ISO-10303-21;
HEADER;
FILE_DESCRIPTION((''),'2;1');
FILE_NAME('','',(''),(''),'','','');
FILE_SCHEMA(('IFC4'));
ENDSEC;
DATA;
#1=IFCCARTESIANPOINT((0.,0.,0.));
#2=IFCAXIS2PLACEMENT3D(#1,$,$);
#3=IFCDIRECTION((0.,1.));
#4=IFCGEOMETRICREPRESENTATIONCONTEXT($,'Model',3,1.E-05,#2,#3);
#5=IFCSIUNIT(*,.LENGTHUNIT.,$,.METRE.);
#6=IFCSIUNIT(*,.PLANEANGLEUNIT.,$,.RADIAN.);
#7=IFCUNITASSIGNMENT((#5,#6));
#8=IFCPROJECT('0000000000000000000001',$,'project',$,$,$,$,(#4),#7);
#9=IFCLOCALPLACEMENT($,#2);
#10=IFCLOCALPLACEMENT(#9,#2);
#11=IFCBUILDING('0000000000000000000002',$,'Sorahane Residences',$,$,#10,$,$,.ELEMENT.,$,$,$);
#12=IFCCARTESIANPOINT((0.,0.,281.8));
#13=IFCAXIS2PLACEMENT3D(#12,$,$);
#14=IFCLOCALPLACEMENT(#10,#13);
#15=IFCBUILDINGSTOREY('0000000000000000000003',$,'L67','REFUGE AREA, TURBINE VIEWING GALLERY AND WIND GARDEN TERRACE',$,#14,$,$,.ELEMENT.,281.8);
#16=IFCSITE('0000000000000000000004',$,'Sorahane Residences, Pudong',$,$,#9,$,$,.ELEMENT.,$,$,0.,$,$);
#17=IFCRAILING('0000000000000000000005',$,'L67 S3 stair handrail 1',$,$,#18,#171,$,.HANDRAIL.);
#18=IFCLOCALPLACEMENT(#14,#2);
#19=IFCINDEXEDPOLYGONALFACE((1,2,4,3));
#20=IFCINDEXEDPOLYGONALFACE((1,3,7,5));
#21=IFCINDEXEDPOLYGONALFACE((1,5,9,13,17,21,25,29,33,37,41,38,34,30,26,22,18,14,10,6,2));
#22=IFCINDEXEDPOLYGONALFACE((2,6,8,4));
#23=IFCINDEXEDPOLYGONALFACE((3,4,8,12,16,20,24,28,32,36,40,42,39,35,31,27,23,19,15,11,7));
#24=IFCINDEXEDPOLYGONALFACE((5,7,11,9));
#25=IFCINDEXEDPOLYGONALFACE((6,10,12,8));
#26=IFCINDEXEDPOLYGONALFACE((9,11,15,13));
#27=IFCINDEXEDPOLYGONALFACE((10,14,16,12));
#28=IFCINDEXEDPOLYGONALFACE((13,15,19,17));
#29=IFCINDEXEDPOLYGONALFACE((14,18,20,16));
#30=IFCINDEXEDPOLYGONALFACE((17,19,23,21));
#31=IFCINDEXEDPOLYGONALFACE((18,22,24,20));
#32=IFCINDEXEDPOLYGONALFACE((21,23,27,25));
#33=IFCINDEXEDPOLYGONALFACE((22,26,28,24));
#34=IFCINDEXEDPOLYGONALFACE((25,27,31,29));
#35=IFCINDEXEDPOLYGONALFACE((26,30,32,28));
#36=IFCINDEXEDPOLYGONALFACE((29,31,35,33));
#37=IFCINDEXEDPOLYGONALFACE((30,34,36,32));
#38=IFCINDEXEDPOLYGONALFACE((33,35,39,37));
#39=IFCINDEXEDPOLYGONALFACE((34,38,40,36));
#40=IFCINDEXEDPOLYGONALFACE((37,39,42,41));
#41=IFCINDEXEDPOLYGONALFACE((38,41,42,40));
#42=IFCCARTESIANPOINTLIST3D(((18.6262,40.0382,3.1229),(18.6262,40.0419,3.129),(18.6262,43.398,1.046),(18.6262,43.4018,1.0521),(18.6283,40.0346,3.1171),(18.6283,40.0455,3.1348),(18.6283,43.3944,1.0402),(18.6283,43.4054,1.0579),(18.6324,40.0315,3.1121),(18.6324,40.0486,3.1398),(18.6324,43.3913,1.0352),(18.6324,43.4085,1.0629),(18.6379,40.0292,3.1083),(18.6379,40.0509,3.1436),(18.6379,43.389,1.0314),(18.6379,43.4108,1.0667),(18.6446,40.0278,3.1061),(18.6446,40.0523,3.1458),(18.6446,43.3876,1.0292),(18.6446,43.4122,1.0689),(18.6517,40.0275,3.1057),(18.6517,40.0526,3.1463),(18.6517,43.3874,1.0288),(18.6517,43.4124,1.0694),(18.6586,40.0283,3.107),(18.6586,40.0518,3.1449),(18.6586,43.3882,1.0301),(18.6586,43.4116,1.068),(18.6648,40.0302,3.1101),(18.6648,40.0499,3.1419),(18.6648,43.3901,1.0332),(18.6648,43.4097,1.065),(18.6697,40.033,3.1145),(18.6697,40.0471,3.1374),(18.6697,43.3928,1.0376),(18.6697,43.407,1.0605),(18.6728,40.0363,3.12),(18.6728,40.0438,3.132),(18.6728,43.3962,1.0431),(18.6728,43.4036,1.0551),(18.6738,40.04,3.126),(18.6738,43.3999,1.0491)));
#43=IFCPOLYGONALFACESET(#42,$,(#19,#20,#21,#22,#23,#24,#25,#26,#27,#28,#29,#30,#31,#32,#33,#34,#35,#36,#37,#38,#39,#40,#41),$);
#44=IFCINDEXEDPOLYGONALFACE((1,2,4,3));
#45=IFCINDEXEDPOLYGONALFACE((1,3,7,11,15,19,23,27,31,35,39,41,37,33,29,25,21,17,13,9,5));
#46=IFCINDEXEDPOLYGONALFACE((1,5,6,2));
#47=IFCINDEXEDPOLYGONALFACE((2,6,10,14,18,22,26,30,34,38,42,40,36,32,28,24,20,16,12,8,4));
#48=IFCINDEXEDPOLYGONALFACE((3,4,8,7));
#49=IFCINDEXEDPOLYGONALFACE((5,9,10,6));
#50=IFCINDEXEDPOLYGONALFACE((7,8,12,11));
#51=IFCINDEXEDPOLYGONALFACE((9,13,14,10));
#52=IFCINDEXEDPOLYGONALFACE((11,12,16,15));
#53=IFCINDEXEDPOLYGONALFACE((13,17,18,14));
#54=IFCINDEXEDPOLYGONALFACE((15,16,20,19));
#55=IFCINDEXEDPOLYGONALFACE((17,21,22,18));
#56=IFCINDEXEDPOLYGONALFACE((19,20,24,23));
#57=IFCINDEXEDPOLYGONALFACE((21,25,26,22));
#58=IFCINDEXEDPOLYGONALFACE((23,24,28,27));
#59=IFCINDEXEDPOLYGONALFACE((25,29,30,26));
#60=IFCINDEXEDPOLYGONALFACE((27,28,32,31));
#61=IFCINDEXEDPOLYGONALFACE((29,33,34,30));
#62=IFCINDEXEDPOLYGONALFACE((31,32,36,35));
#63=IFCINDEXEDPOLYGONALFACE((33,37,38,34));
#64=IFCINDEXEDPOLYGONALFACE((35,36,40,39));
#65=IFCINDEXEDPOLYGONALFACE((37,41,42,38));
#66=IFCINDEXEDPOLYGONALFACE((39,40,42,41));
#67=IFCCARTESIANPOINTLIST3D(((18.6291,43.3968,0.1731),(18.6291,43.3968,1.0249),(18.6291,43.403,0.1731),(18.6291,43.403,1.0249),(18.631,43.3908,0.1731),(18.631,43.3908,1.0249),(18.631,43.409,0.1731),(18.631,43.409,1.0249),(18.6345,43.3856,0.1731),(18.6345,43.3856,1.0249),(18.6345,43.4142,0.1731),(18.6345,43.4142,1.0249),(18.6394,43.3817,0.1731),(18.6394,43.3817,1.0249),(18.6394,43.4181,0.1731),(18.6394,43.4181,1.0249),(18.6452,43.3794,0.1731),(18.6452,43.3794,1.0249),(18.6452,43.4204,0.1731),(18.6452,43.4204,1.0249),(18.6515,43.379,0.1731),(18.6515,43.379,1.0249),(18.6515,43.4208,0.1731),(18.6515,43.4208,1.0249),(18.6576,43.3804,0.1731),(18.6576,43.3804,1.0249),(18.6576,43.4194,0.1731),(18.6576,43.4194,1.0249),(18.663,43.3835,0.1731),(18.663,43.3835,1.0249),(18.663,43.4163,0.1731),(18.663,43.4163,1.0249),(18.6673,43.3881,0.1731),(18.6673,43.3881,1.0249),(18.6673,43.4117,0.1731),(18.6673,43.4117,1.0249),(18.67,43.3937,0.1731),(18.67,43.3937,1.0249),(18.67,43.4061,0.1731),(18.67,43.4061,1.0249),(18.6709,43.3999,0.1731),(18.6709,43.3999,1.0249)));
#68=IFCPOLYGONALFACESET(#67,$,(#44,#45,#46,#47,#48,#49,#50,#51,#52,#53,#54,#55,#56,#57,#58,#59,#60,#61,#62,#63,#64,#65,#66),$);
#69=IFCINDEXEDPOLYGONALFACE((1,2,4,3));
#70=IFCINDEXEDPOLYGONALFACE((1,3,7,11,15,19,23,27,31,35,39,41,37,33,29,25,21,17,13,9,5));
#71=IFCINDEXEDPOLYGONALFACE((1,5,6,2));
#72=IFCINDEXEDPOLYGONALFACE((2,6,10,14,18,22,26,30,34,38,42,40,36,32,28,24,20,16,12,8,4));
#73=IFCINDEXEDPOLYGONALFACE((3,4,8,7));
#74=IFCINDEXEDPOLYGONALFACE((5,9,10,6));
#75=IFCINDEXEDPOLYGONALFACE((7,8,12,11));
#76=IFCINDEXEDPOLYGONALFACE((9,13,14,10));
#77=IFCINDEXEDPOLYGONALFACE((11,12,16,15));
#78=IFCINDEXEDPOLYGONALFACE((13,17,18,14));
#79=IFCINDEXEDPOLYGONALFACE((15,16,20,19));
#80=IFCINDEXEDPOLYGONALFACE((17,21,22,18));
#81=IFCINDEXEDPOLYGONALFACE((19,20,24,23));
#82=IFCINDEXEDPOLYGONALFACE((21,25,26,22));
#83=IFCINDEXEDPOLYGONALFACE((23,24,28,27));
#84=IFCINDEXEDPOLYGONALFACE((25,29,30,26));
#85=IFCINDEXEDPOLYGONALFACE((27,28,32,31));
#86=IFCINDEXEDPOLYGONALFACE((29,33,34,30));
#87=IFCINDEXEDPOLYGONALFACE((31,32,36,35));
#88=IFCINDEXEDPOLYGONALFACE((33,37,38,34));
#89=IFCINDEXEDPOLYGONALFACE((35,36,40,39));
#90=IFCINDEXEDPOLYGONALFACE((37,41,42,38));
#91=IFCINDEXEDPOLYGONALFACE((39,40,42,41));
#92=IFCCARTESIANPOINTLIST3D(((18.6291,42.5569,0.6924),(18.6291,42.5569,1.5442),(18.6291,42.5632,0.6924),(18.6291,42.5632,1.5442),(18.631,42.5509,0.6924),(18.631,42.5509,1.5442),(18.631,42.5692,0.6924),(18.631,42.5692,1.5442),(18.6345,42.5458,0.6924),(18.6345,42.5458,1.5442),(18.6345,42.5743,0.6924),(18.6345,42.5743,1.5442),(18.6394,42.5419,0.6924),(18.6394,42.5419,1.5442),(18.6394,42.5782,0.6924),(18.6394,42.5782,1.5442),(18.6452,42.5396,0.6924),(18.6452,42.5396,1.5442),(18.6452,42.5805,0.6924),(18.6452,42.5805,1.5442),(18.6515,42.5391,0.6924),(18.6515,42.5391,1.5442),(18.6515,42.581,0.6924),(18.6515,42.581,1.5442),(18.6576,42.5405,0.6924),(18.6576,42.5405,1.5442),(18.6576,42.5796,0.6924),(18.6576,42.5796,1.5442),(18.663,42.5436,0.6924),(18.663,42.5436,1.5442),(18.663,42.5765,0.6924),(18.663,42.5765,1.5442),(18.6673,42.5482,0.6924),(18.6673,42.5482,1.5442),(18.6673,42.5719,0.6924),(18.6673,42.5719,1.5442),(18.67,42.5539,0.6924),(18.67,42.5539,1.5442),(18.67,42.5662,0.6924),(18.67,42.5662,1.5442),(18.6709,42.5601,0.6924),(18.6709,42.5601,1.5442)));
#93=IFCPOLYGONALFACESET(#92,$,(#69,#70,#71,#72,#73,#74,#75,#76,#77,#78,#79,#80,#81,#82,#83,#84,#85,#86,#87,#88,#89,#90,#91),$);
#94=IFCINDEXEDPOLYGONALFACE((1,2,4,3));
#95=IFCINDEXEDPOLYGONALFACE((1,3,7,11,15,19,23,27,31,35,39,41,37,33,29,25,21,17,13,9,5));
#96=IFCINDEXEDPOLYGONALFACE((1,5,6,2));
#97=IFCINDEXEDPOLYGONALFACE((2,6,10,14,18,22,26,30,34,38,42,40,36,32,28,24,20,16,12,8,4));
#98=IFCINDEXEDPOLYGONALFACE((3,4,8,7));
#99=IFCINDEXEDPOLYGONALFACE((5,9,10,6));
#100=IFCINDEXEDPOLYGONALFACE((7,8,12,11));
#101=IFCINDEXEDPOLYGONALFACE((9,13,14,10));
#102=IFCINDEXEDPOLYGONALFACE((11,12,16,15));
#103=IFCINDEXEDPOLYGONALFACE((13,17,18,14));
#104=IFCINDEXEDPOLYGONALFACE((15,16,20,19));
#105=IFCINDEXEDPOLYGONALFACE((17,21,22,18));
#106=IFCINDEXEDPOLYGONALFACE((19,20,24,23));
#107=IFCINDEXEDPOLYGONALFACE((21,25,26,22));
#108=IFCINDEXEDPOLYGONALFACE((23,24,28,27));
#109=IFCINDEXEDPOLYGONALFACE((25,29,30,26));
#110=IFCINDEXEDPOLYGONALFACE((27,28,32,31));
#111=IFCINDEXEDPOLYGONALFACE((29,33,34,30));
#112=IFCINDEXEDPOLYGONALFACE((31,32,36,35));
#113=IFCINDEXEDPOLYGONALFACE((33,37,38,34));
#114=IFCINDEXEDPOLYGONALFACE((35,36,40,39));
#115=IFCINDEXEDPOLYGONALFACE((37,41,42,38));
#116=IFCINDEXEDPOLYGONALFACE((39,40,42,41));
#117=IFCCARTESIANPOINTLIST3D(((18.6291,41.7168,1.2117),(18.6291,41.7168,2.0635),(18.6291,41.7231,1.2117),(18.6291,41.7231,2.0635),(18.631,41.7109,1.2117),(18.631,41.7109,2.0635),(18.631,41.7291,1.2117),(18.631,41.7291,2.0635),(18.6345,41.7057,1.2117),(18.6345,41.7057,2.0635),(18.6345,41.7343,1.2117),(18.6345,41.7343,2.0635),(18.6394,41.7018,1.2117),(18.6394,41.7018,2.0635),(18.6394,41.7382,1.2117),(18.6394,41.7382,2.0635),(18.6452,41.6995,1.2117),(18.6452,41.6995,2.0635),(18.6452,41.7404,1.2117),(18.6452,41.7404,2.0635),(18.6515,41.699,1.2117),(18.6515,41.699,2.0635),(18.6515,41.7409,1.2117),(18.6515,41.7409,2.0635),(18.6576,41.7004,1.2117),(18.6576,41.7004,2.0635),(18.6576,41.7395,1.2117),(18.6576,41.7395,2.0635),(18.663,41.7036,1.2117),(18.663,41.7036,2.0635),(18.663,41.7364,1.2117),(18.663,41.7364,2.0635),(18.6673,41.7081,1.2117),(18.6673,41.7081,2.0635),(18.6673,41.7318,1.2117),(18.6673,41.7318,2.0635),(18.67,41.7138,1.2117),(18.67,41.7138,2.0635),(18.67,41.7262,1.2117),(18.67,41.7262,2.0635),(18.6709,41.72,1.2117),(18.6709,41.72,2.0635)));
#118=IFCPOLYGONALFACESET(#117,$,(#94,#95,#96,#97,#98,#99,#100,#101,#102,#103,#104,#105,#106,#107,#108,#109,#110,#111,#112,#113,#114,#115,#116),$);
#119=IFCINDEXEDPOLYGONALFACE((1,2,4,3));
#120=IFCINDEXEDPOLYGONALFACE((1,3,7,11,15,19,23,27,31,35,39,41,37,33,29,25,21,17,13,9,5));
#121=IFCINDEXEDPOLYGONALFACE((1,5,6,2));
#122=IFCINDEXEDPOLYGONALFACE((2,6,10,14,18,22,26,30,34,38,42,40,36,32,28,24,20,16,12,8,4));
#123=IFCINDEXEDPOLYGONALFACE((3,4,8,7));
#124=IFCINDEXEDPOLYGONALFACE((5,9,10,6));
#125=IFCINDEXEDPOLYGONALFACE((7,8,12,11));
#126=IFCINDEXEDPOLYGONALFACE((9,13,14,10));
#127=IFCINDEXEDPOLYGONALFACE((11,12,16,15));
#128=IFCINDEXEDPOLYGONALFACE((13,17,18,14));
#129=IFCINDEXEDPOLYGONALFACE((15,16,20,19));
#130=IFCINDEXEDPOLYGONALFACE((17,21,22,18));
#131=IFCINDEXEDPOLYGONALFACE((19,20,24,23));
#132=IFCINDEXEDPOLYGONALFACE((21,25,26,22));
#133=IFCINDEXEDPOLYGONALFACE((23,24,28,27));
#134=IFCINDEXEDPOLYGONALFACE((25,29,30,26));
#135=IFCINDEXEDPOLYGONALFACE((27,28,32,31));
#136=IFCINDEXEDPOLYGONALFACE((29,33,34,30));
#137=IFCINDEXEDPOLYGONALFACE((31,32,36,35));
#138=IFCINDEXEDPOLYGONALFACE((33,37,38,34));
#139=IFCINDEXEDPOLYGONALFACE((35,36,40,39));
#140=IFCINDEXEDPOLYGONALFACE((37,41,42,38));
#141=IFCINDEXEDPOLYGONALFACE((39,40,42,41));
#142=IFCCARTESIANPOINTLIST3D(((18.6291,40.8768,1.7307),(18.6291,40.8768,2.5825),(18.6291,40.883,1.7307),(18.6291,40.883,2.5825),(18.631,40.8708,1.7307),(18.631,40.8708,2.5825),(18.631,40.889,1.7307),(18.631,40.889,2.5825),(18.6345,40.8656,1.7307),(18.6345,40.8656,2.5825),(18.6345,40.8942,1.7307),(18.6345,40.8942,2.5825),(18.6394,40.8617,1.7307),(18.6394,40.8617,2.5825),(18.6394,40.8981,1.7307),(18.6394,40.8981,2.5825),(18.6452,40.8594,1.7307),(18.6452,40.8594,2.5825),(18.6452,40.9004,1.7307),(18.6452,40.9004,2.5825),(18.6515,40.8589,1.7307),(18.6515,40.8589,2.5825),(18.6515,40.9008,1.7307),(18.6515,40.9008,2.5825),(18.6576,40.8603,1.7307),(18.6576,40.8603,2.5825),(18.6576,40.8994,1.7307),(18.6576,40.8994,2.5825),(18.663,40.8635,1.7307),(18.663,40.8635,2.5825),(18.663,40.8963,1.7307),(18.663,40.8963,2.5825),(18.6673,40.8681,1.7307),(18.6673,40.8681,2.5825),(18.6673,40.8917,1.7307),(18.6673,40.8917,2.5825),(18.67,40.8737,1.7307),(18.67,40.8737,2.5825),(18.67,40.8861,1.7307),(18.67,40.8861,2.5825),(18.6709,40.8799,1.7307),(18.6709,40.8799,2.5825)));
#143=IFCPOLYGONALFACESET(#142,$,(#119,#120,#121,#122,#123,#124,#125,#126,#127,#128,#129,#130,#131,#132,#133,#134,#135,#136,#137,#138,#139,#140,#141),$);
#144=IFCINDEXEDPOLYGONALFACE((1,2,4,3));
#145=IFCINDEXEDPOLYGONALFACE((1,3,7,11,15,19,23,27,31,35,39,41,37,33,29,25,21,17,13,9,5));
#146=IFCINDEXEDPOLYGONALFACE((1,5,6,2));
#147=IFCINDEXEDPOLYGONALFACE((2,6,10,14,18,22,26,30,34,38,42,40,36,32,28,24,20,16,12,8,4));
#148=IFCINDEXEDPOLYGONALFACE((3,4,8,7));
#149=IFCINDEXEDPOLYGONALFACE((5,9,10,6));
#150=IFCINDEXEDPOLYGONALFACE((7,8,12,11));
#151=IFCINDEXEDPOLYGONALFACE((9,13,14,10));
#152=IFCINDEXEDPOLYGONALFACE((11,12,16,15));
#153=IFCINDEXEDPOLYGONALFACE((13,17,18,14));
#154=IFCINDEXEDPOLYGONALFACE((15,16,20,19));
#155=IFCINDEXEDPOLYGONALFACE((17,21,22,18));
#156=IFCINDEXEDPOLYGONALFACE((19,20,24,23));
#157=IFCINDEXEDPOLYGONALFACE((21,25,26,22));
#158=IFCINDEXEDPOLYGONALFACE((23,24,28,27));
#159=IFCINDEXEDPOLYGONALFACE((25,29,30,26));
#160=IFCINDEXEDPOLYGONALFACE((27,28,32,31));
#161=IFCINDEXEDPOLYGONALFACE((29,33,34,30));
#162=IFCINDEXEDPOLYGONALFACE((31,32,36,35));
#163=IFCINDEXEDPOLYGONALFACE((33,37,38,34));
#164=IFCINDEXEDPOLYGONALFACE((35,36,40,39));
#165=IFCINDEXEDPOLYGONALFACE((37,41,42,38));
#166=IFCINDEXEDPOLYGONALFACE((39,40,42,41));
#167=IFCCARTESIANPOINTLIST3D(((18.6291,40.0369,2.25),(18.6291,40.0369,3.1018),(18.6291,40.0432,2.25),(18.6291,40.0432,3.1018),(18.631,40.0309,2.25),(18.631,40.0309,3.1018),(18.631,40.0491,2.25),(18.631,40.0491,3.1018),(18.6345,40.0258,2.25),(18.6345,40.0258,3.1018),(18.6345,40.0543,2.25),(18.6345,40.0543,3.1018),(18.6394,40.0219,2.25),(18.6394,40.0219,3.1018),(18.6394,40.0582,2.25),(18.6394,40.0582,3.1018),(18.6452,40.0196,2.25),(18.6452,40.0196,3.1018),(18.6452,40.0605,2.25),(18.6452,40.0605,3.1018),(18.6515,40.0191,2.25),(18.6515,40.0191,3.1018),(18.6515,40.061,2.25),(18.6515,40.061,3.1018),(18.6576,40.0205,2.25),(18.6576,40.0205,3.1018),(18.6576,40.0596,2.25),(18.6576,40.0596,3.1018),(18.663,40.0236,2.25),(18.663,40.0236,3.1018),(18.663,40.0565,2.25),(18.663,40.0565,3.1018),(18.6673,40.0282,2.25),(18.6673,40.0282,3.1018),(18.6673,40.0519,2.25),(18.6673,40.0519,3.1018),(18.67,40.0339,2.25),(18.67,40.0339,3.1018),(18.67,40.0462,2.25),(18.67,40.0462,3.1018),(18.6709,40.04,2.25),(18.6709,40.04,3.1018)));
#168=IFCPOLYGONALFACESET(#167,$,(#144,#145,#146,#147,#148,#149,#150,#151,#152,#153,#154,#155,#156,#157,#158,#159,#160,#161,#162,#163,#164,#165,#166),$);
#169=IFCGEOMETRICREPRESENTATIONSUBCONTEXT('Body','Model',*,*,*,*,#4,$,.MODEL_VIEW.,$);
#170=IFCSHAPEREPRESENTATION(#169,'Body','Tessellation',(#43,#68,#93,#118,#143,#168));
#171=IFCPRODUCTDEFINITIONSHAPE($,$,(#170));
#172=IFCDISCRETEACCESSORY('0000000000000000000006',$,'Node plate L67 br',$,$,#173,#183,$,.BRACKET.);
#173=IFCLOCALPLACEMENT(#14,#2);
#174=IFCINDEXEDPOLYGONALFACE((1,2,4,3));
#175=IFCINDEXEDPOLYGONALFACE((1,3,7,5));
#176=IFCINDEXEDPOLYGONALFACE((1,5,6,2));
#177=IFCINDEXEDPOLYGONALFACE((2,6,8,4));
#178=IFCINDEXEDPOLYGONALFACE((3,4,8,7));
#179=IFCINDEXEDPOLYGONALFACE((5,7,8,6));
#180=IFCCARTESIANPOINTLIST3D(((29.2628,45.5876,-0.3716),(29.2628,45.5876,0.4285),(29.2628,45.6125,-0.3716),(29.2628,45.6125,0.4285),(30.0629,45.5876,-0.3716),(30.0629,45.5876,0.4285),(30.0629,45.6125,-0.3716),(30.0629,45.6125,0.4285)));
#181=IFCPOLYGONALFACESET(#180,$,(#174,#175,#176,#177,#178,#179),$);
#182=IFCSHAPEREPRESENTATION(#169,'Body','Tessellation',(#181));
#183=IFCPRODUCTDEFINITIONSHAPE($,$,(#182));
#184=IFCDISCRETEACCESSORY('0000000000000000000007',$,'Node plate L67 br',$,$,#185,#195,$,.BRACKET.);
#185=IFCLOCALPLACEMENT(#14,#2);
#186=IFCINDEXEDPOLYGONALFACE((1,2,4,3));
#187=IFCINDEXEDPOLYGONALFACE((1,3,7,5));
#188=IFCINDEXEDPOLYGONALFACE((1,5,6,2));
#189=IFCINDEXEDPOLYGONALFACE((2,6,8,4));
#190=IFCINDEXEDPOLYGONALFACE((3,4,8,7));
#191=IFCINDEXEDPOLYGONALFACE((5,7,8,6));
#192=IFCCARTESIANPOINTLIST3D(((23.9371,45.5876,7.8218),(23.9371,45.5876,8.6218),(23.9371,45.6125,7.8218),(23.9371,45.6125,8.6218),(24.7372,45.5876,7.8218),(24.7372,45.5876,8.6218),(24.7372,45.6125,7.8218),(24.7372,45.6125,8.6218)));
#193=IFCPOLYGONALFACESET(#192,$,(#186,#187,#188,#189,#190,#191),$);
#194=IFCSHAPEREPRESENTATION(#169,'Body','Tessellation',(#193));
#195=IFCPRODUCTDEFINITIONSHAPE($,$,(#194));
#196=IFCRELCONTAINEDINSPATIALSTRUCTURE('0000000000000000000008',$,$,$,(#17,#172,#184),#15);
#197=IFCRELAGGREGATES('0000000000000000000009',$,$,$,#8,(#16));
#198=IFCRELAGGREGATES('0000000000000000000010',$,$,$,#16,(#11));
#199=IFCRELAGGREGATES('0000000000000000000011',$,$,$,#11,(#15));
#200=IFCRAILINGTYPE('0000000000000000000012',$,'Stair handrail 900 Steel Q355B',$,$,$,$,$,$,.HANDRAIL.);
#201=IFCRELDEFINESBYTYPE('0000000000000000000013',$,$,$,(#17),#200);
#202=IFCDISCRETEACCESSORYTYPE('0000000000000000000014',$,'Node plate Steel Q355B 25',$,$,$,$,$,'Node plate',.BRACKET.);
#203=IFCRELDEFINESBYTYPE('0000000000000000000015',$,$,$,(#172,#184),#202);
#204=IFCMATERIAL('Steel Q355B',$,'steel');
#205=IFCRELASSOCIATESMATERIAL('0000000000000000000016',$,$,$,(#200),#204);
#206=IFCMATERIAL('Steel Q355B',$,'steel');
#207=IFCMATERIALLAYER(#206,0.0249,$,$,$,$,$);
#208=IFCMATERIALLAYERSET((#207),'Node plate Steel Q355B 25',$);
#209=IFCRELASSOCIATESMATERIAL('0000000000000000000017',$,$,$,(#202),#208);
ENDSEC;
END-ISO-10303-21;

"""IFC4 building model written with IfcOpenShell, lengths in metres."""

from ifc_helpers import new_model, si_unit, direction, frame, origin, origin_2d, place, context, subcontext, project, spatial, rectangle, circle, extrude, material, layer, layer_set, type_object, element, save


model = new_model("IFC4")

# Units and contexts
model_context = context("Model", 3, precision=1e-05, world=origin(), true_north=direction((0.0, 1.0)))
body_context = subcontext(model_context, "Body", "Model", "MODEL_VIEW")
ifc_project = project(units=[si_unit("LENGTHUNIT", "METRE"), si_unit("PLANEANGLEUNIT", "RADIAN")], contexts=[model_context])

# Site, building, storey
site_placement = place(None, origin())
site = spatial("IfcSite", under=ifc_project, at=site_placement, Name="Sorahane Residences, Pudong", CompositionType="ELEMENT", RefElevation=0.0)
building_placement = place(site_placement, origin())
building = spatial("IfcBuilding", under=site, at=building_placement, Name="Sorahane Residences", CompositionType="ELEMENT")
storey_placement = place(building_placement, frame((0.0, 0.0, 281.8)))
storey = spatial("IfcBuildingStorey", under=building, at=storey_placement, Name="L67", Description="REFUGE AREA, TURBINE VIEWING GALLERY AND WIND GARDEN TERRACE", CompositionType="ELEMENT", Elevation=281.8)

# Railing
ifc_material_1 = material(Name="Steel Q355B", Category="steel")
railing_type_1 = type_object("IfcRailingType", Name="Stair handrail 900 Steel Q355B", PredefinedType="HANDRAIL", material=ifc_material_1)
railing_1_placement = place(storey_placement, frame((18.6499, 43.3999, 0.1731)))
element("IfcRailing", 1, at=railing_1_placement, inside=storey, type_object=railing_type_1, Name="L67 S3 stair handrail 1", PredefinedType="HANDRAIL", context=body_context, shape_type="SweptSolid", body=[
    extrude(circle(Radius=0.0239, at=origin_2d()), frame((0.0, 0.0, 0.876), z_axis=(0.0, -0.850606, 0.525803), x_axis=(1.0, 0.0, 0.0)), (0.0, 0.0, 1.0), 3.95),
    extrude(circle(Radius=0.021, at=origin_2d()), origin(), (0.0, 0.0, 1.0), 0.8518),
    extrude(circle(Radius=0.021, at=origin_2d()), frame((0.0, -0.8398, 0.5193)), (0.0, 0.0, 1.0), 0.8518),
    extrude(circle(Radius=0.021, at=origin_2d()), frame((0.0, -1.6799, 1.0386)), (0.0, 0.0, 1.0), 0.8518),
    extrude(circle(Radius=0.021, at=origin_2d()), frame((0.0, -2.52, 1.5576)), (0.0, 0.0, 1.0), 0.8518),
    extrude(circle(Radius=0.021, at=origin_2d()), frame((0.0, -3.3599, 2.0769)), (0.0, 0.0, 1.0), 0.8518),
])

# Discrete accessories
ifc_material_2 = material(Name="Steel Q355B", Category="steel")
ifc_layer_1 = layer(ifc_material_2, 0.0249)
ifc_layer_set_1 = layer_set([ifc_layer_1], Name="Node plate Steel Q355B 25")
discrete_accessory_type = type_object("IfcDiscreteAccessoryType", Name="Node plate Steel Q355B 25", ElementType="Node plate", PredefinedType="BRACKET", material=ifc_layer_set_1)
for number, where, z_axis, x_axis, name in (
    (2, (29.6628, 45.6001, -0.3716), (0.0, 0.0, 1.0), (1.0, 0.0, 0.0), "Node plate L67 br"),
    (3, (24.3372, 45.6001, 7.8218), (0.0, 0.0, 1.0), (1.0, 0.0, 0.0), "Node plate L67 br"),
):
    element("IfcDiscreteAccessory", number, at=place(storey_placement, frame(where, z_axis=z_axis, x_axis=x_axis)), inside=storey, type_object=discrete_accessory_type, Name=name, PredefinedType="BRACKET", context=body_context, shape_type="SweptSolid", body=[
        extrude(rectangle(XDim=0.8, YDim=0.0249, at=origin_2d()), origin(), (0.0, 0.0, 1.0), 0.8),
    ])

save(model, "model.ifc")
